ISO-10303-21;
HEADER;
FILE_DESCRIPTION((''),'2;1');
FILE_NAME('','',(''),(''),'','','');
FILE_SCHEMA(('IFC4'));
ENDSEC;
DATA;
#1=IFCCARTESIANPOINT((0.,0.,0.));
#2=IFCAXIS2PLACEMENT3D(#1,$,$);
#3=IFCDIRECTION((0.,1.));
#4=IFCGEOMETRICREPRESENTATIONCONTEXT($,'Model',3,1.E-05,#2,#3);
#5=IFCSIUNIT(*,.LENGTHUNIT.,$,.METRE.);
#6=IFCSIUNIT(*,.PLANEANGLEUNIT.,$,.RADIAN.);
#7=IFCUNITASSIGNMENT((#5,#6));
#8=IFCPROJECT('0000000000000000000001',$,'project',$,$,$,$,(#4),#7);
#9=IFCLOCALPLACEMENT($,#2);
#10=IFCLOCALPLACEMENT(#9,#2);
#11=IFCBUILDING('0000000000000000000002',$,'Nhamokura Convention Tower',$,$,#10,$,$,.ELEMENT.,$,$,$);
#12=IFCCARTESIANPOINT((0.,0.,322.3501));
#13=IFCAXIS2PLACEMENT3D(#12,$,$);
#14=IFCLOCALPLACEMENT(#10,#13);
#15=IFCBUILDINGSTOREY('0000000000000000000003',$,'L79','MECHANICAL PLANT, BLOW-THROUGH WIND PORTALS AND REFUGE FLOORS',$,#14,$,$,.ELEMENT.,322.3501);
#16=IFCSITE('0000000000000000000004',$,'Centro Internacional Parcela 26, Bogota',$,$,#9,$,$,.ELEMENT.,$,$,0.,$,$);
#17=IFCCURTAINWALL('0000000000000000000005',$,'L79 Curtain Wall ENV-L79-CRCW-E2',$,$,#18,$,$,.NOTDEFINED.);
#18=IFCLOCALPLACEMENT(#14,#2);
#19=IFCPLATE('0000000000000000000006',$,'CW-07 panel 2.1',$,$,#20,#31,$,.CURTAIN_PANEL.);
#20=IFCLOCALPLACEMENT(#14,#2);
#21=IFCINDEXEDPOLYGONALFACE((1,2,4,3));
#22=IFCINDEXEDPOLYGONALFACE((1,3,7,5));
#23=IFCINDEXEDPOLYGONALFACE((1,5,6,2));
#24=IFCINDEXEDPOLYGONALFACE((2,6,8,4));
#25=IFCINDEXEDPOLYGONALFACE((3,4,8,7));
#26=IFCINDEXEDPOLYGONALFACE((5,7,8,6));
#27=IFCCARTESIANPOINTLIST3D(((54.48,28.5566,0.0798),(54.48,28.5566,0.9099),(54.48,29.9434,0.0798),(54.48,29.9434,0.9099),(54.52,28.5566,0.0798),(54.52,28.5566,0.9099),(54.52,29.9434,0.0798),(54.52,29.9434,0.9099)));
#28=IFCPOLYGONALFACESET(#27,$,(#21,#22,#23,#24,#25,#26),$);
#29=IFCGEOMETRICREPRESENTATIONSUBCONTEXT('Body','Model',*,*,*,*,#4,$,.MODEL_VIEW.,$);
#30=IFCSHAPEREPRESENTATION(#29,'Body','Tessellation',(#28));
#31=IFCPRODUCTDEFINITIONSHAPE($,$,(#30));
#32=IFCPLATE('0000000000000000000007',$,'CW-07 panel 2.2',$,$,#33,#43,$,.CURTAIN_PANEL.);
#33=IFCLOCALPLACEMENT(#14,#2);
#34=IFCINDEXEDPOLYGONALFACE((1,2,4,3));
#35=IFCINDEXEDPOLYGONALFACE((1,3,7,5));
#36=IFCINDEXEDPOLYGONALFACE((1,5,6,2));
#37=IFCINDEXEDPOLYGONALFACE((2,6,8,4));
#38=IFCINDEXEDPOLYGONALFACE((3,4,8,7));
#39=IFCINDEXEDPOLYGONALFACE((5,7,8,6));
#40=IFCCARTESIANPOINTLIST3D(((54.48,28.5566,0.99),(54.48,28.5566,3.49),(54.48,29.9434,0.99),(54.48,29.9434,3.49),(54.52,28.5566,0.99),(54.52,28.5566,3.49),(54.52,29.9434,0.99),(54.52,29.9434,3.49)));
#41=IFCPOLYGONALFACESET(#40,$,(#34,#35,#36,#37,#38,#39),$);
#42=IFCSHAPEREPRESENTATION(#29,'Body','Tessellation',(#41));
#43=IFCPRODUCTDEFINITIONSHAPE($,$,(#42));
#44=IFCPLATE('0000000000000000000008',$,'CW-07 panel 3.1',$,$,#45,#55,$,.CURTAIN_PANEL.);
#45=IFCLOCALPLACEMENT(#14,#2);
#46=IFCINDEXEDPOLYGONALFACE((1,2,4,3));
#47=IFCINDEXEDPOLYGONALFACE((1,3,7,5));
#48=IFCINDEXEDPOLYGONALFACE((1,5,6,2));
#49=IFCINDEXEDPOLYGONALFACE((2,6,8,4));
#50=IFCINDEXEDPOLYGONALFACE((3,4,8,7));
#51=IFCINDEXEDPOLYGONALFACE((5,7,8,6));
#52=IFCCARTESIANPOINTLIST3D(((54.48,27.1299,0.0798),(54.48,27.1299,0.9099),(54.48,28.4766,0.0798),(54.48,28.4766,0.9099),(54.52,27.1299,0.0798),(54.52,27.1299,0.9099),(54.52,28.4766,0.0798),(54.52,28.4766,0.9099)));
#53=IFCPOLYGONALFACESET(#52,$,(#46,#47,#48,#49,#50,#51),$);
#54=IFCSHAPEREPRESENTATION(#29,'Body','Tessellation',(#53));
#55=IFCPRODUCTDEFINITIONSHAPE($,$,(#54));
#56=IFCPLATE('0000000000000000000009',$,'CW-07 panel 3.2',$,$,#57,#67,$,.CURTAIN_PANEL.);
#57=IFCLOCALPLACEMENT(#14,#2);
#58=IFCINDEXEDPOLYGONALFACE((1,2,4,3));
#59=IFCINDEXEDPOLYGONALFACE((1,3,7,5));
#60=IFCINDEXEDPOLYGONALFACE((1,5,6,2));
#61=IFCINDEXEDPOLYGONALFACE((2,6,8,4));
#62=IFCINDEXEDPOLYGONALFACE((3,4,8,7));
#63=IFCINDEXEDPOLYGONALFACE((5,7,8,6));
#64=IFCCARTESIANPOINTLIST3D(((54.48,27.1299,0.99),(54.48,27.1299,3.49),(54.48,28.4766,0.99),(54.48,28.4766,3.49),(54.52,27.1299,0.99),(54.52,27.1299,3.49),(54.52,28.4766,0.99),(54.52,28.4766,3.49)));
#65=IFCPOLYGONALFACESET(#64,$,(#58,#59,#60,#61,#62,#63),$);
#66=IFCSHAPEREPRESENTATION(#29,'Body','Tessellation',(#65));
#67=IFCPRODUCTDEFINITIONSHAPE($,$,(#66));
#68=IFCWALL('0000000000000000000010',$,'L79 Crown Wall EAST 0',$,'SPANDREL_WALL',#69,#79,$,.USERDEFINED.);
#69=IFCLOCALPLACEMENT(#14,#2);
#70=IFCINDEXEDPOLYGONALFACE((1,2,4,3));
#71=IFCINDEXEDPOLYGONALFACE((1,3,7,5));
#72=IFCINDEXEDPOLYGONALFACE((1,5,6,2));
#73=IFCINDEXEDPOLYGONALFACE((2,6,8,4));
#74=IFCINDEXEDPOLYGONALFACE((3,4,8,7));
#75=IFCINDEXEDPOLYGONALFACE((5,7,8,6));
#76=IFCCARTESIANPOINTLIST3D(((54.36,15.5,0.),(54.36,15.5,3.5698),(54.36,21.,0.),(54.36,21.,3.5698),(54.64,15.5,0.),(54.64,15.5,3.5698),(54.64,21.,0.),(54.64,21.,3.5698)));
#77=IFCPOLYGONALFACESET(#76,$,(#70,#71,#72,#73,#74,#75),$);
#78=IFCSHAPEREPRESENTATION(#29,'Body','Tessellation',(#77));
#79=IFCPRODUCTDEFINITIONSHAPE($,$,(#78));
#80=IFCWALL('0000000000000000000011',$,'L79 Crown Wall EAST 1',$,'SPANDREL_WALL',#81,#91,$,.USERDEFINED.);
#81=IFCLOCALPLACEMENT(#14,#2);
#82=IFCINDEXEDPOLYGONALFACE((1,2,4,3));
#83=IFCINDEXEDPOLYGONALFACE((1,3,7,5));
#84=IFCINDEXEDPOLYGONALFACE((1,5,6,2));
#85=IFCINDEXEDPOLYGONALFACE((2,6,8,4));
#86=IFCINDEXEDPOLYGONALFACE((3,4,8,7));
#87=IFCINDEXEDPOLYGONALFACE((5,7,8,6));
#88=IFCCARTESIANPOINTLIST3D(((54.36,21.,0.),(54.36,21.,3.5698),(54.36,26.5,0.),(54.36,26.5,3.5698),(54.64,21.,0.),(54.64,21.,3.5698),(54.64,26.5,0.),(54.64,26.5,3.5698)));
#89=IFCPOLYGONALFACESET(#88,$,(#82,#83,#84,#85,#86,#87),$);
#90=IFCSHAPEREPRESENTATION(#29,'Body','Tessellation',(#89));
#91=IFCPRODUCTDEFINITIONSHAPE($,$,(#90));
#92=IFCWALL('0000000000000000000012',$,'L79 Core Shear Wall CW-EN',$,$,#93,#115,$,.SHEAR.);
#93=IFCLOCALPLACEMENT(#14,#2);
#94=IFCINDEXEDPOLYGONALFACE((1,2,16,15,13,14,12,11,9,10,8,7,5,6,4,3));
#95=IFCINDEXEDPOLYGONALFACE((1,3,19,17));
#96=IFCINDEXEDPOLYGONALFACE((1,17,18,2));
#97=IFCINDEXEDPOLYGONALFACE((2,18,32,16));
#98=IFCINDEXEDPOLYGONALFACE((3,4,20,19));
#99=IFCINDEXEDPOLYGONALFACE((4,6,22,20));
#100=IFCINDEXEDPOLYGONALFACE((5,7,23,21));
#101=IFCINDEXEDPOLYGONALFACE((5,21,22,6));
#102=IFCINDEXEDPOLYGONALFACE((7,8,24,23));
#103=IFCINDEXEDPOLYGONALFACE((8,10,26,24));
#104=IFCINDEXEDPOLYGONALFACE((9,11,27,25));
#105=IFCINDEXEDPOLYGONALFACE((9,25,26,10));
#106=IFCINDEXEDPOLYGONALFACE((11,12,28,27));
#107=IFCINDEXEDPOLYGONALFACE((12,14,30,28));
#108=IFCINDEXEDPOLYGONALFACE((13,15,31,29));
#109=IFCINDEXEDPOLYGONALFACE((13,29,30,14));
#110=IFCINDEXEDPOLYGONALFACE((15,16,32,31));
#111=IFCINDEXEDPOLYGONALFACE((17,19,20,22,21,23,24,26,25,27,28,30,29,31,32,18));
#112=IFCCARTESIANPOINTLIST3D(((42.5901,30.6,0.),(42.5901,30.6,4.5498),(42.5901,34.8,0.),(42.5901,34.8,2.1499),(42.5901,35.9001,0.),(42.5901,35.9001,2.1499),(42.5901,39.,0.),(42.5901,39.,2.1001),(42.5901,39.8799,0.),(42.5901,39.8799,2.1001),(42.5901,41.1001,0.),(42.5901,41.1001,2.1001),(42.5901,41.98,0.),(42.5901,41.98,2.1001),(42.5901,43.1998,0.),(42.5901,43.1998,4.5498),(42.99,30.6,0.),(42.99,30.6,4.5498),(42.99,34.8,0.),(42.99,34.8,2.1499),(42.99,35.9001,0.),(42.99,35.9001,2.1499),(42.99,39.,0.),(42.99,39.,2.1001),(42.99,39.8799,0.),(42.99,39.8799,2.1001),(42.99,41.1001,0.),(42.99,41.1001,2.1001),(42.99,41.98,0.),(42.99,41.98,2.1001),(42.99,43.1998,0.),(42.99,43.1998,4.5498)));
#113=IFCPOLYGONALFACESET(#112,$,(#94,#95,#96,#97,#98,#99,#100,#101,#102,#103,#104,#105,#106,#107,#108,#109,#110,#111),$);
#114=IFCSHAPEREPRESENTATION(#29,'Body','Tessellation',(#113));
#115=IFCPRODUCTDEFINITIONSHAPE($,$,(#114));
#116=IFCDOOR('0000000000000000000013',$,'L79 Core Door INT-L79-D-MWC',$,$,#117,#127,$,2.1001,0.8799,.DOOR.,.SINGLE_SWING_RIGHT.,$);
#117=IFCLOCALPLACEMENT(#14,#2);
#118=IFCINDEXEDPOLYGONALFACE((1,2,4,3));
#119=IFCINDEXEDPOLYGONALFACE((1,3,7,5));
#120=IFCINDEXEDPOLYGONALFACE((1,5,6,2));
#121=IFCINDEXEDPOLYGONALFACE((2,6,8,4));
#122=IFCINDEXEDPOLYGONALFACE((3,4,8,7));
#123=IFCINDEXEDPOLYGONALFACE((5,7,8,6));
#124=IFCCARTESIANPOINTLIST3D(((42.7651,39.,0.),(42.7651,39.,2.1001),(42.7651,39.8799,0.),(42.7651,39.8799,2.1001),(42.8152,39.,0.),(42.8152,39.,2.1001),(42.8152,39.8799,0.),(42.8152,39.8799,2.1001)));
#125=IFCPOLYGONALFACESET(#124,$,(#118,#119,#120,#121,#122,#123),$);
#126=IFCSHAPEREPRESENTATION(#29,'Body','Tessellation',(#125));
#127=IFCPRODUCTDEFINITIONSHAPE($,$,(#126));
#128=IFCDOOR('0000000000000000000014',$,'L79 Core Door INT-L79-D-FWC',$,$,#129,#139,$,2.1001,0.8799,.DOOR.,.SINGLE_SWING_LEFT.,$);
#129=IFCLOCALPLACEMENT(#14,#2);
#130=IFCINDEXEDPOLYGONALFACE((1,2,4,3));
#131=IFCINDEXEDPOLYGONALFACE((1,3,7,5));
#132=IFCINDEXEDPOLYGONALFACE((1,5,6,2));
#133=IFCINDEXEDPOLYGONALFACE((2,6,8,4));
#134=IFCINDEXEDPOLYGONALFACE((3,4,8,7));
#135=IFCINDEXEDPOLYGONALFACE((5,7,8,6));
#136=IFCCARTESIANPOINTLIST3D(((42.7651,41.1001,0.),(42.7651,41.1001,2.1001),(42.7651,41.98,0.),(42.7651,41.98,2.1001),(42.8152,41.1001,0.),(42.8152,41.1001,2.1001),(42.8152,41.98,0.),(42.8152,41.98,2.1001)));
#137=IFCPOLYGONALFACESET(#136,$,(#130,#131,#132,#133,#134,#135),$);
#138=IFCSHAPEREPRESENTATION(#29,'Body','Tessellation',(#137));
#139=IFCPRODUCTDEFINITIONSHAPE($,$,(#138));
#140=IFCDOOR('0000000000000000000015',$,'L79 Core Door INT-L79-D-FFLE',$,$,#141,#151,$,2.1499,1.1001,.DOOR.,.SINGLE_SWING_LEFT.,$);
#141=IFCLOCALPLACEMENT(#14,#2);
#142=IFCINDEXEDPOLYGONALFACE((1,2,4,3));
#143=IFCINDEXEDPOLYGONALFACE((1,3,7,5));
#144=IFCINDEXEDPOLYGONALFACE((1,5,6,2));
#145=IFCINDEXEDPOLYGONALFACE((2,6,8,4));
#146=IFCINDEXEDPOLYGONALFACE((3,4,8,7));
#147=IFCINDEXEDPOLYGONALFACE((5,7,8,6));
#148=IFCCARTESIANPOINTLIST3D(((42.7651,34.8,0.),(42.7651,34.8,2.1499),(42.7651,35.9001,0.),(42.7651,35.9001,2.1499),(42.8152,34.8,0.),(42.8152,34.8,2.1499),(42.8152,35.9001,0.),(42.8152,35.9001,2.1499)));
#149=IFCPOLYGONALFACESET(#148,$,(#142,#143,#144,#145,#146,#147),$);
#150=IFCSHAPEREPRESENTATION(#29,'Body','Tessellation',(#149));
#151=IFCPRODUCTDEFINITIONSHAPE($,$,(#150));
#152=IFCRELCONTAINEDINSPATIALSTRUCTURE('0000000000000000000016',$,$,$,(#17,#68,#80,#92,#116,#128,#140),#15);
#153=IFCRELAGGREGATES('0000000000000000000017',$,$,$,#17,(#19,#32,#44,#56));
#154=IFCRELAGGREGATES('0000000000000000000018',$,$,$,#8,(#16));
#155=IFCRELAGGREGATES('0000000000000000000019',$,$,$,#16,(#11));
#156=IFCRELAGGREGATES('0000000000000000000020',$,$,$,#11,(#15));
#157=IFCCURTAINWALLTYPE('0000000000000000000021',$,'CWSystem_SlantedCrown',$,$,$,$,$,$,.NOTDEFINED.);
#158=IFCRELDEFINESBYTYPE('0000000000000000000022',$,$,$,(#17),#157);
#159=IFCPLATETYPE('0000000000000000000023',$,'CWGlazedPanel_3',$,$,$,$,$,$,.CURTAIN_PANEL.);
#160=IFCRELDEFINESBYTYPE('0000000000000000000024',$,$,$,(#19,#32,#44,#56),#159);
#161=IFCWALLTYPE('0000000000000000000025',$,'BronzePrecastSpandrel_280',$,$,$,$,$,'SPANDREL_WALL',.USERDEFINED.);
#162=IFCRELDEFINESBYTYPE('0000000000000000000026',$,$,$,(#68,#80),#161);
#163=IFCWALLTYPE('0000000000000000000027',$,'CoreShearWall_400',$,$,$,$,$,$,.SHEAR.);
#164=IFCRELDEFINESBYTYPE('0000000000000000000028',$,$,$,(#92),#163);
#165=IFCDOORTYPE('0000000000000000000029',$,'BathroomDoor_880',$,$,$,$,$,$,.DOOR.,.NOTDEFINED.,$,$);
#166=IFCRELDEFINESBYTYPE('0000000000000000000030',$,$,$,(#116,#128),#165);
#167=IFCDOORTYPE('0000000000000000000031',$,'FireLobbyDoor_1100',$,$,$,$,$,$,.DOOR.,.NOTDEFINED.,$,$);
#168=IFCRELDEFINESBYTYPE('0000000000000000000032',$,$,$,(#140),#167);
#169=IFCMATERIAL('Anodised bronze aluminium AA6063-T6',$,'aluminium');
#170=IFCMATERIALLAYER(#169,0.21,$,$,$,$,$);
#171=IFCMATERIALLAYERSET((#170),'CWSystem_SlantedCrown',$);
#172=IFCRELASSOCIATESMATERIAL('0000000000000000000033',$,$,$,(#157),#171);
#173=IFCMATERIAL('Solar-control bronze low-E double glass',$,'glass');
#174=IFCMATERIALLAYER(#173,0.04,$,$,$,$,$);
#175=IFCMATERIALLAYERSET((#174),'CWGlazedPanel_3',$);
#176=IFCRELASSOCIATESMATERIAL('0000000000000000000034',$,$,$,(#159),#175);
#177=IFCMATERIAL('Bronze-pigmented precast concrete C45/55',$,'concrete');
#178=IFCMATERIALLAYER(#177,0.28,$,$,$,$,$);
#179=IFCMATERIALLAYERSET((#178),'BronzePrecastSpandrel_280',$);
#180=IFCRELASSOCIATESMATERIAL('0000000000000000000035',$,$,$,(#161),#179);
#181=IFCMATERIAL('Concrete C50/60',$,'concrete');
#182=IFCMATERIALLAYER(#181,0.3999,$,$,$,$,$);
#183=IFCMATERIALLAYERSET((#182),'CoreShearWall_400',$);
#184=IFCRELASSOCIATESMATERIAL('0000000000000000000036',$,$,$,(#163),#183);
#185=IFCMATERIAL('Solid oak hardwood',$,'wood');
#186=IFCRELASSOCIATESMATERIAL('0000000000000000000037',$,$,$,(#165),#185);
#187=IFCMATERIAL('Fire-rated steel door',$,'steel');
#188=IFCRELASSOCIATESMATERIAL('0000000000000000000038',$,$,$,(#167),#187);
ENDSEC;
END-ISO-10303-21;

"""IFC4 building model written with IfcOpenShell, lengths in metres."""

from ifc_helpers import new_model, si_unit, direction, frame, frame_2d, origin, origin_2d, place, context, subcontext, project, spatial, rectangle, extrude, material, layer, layer_set, type_object, element, fill, aggregate, save


model = new_model("IFC4")

# Units and contexts
model_context = context("Model", 3, precision=1e-05, world=origin(), true_north=direction((0.0, 1.0)))
body_context = subcontext(model_context, "Body", "Model", "MODEL_VIEW")
ifc_project = project(units=[si_unit("LENGTHUNIT", "METRE"), si_unit("PLANEANGLEUNIT", "RADIAN")], contexts=[model_context])

# Site, building, storey
site_placement = place(None, origin())
site = spatial("IfcSite", under=ifc_project, at=site_placement, Name="Centro Internacional Parcela 26, Bogota", CompositionType="ELEMENT", RefElevation=0.0)
building_placement = place(site_placement, origin())
building = spatial("IfcBuilding", under=site, at=building_placement, Name="Nhamokura Convention Tower", CompositionType="ELEMENT")
storey_placement = place(building_placement, frame((0.0, 0.0, 322.3501)))
storey = spatial("IfcBuildingStorey", under=building, at=storey_placement, Name="L79", Description="MECHANICAL PLANT, BLOW-THROUGH WIND PORTALS AND REFUGE FLOORS", CompositionType="ELEMENT", Elevation=322.3501)

# Curtain wall
ifc_material_1 = material(Name="Anodised bronze aluminium AA6063-T6", Category="aluminium")
ifc_layer_1 = layer(ifc_material_1, 0.21)
ifc_layer_set_1 = layer_set([ifc_layer_1], Name="CWSystem_SlantedCrown")
curtain_wall_type = type_object("IfcCurtainWallType", Name="CWSystem_SlantedCrown", PredefinedType="NOTDEFINED", material=ifc_layer_set_1)
curtain_wall_placement = place(storey_placement, origin())
curtain_wall = element("IfcCurtainWall", 1, at=curtain_wall_placement, inside=storey, type_object=curtain_wall_type, Name="L79 Curtain Wall ENV-L79-CRCW-E2", PredefinedType="NOTDEFINED")

# Plates
ifc_material_2 = material(Name="Solar-control bronze low-E double glass", Category="glass")
ifc_layer_2 = layer(ifc_material_2, 0.04)
ifc_layer_set_2 = layer_set([ifc_layer_2], Name="CWGlazedPanel_3")
plate_type = type_object("IfcPlateType", Name="CWGlazedPanel_3", PredefinedType="CURTAIN_PANEL", material=ifc_layer_set_2)
plate_1_placement = place(storey_placement, frame((54.5, 29.25, 0.0798), z_axis=(0.0, 0.0, 1.0), x_axis=(0.0, -1.0, 0.0)))
plate_1 = element("IfcPlate", 2, at=plate_1_placement, type_object=plate_type, Name="CW-07 panel 2.1", PredefinedType="CURTAIN_PANEL", context=body_context, shape_type="SweptSolid", body=[
    extrude(rectangle(XDim=1.3867, YDim=0.04, at=origin_2d()), origin(), (0.0, 0.0, 1.0), 0.8301),
])
plate_2_placement = place(storey_placement, frame((54.5, 29.25, 0.99), z_axis=(0.0, 0.0, 1.0), x_axis=(0.0, -1.0, 0.0)))
plate_2 = element("IfcPlate", 3, at=plate_2_placement, type_object=plate_type, Name="CW-07 panel 2.2", PredefinedType="CURTAIN_PANEL", context=body_context, shape_type="SweptSolid", body=[
    extrude(rectangle(XDim=1.3867, YDim=0.04, at=origin_2d()), origin(), (0.0, 0.0, 1.0), 2.5),
])
plate_3_placement = place(storey_placement, frame((54.5, 27.8032, 0.0798), z_axis=(0.0, 0.0, 1.0), x_axis=(0.0, -1.0, 0.0)))
plate_3 = element("IfcPlate", 4, at=plate_3_placement, type_object=plate_type, Name="CW-07 panel 3.1", PredefinedType="CURTAIN_PANEL", context=body_context, shape_type="SweptSolid", body=[
    extrude(rectangle(XDim=1.3467, YDim=0.04, at=origin_2d()), origin(), (0.0, 0.0, 1.0), 0.8301),
])
plate_4_placement = place(storey_placement, frame((54.5, 27.8032, 0.99), z_axis=(0.0, 0.0, 1.0), x_axis=(0.0, -1.0, 0.0)))
plate_4 = element("IfcPlate", 5, at=plate_4_placement, type_object=plate_type, Name="CW-07 panel 3.2", PredefinedType="CURTAIN_PANEL", context=body_context, shape_type="SweptSolid", body=[
    extrude(rectangle(XDim=1.3467, YDim=0.04, at=origin_2d()), origin(), (0.0, 0.0, 1.0), 2.5),
])
aggregate(curtain_wall, [plate_1, plate_2, plate_3, plate_4])

# Walls
ifc_material_3 = material(Name="Bronze-pigmented precast concrete C45/55", Category="concrete")
ifc_layer_3 = layer(ifc_material_3, 0.28)
ifc_layer_set_3 = layer_set([ifc_layer_3], Name="BronzePrecastSpandrel_280")
wall_type_1 = type_object("IfcWallType", Name="BronzePrecastSpandrel_280", ElementType="SPANDREL_WALL", PredefinedType="USERDEFINED", material=ifc_layer_set_3)
for number, where, z_axis, x_axis, name in (
    (6, (54.5, 21.0, 0.0), (0.0, 0.0, 1.0), (0.0, -1.0, 0.0), "L79 Crown Wall EAST 0"),
    (7, (54.5, 26.5, 0.0), (0.0, 0.0, 1.0), (0.0, -1.0, 0.0), "L79 Crown Wall EAST 1"),
):
    element("IfcWall", number, at=place(storey_placement, frame(where, z_axis=z_axis, x_axis=x_axis)), inside=storey, type_object=wall_type_1, Name=name, ObjectType="SPANDREL_WALL", PredefinedType="USERDEFINED", context=body_context, shape_type="SweptSolid", body=[
        extrude(rectangle(XDim=5.5, YDim=0.28, at=frame_2d((2.75, 0.0))), origin(), (0.0, 0.0, 1.0), 3.5698),
    ])

# Wall, openings, doors
ifc_material_4 = material(Name="Concrete C50/60", Category="concrete")
ifc_layer_4 = layer(ifc_material_4, 0.3999)
ifc_layer_set_4 = layer_set([ifc_layer_4], Name="CoreShearWall_400")
wall_type_2 = type_object("IfcWallType", Name="CoreShearWall_400", PredefinedType="SHEAR", material=ifc_layer_set_4)
wall_placement = place(storey_placement, frame((42.79, 30.6001, 0.0), z_axis=(0.0, 0.0, 1.0), x_axis=(0.0, 1.0, 0.0)))
wall = element("IfcWall", 8, at=wall_placement, inside=storey, type_object=wall_type_2, Name="L79 Core Shear Wall CW-EN", PredefinedType="SHEAR", context=body_context, shape_type="SweptSolid", body=[
    extrude(rectangle(XDim=12.5999, YDim=0.3999, at=frame_2d((6.2998, 0.0))), origin(), (0.0, 0.0, 1.0), 4.5498),
])
opening_1_placement = place(wall_placement, frame((4.2, 0.0, 0.0)))
opening_1 = element("IfcOpeningElement", 9, at=opening_1_placement, cuts=wall, PredefinedType="OPENING", context=body_context, shape_type="SweptSolid", body=[
    extrude(rectangle(XDim=1.1001, YDim=2.1499, at=frame_2d((0.55, 1.075))), frame((0.0, 0.21, 0.0), z_axis=(0.0, -1.0, 0.0), x_axis=(1.0, 0.0, 0.0)), (0.0, 0.0, 1.0), 0.4199),
])
opening_2_placement = place(wall_placement, frame((8.3999, 0.0, 0.0)))
opening_2 = element("IfcOpeningElement", 10, at=opening_2_placement, cuts=wall, PredefinedType="OPENING", context=body_context, shape_type="SweptSolid", body=[
    extrude(rectangle(XDim=0.8799, YDim=2.1001, at=frame_2d((0.4399, 1.05))), frame((0.0, 0.21, 0.0), z_axis=(0.0, -1.0, 0.0), x_axis=(1.0, 0.0, 0.0)), (0.0, 0.0, 1.0), 0.4199),
])
opening_3_placement = place(wall_placement, frame((10.5, 0.0, 0.0)))
opening_3 = element("IfcOpeningElement", 11, at=opening_3_placement, cuts=wall, PredefinedType="OPENING", context=body_context, shape_type="SweptSolid", body=[
    extrude(rectangle(XDim=0.8799, YDim=2.1001, at=frame_2d((0.4399, 1.05))), frame((0.0, 0.21, 0.0), z_axis=(0.0, -1.0, 0.0), x_axis=(1.0, 0.0, 0.0)), (0.0, 0.0, 1.0), 0.4199),
])
ifc_material_5 = material(Name="Solid oak hardwood", Category="wood")
door_type_1 = type_object("IfcDoorType", Name="BathroomDoor_880", OperationType="NOTDEFINED", PredefinedType="DOOR", material=ifc_material_5)
door_1_placement = place(opening_2_placement, origin())
door_1 = element("IfcDoor", 12, at=door_1_placement, inside=storey, type_object=door_type_1, Name="L79 Core Door INT-L79-D-MWC", OperationType="SINGLE_SWING_RIGHT", OverallHeight=2.1001, OverallWidth=0.8799, PredefinedType="DOOR", context=body_context, shape_type="SweptSolid", body=[
    extrude(rectangle(XDim=0.8799, YDim=2.1001, at=frame_2d((0.4399, 1.05))), frame((0.0, 0.0249, 0.0), z_axis=(0.0, -1.0, 0.0), x_axis=(1.0, 0.0, 0.0)), (0.0, 0.0, 1.0), 0.05),
])
fill(opening_2, door_1)
door_2_placement = place(opening_3_placement, origin())
door_2 = element("IfcDoor", 13, at=door_2_placement, inside=storey, type_object=door_type_1, Name="L79 Core Door INT-L79-D-FWC", OperationType="SINGLE_SWING_LEFT", OverallHeight=2.1001, OverallWidth=0.8799, PredefinedType="DOOR", context=body_context, shape_type="SweptSolid", body=[
    extrude(rectangle(XDim=0.8799, YDim=2.1001, at=frame_2d((0.4399, 1.05))), frame((0.0, 0.0249, 0.0), z_axis=(0.0, -1.0, 0.0), x_axis=(1.0, 0.0, 0.0)), (0.0, 0.0, 1.0), 0.05),
])
fill(opening_3, door_2)
ifc_material_6 = material(Name="Fire-rated steel door", Category="steel")
door_type_2 = type_object("IfcDoorType", Name="FireLobbyDoor_1100", OperationType="NOTDEFINED", PredefinedType="DOOR", material=ifc_material_6)
door_3_placement = place(opening_1_placement, origin())
door_3 = element("IfcDoor", 14, at=door_3_placement, inside=storey, type_object=door_type_2, Name="L79 Core Door INT-L79-D-FFLE", OperationType="SINGLE_SWING_LEFT", OverallHeight=2.1499, OverallWidth=1.1001, PredefinedType="DOOR", context=body_context, shape_type="SweptSolid", body=[
    extrude(rectangle(XDim=1.1001, YDim=2.1499, at=frame_2d((0.55, 1.075))), frame((0.0, 0.0249, 0.0), z_axis=(0.0, -1.0, 0.0), x_axis=(1.0, 0.0, 0.0)), (0.0, 0.0, 1.0), 0.05),
])
fill(opening_1, door_3)

save(model, "model.ifc")
